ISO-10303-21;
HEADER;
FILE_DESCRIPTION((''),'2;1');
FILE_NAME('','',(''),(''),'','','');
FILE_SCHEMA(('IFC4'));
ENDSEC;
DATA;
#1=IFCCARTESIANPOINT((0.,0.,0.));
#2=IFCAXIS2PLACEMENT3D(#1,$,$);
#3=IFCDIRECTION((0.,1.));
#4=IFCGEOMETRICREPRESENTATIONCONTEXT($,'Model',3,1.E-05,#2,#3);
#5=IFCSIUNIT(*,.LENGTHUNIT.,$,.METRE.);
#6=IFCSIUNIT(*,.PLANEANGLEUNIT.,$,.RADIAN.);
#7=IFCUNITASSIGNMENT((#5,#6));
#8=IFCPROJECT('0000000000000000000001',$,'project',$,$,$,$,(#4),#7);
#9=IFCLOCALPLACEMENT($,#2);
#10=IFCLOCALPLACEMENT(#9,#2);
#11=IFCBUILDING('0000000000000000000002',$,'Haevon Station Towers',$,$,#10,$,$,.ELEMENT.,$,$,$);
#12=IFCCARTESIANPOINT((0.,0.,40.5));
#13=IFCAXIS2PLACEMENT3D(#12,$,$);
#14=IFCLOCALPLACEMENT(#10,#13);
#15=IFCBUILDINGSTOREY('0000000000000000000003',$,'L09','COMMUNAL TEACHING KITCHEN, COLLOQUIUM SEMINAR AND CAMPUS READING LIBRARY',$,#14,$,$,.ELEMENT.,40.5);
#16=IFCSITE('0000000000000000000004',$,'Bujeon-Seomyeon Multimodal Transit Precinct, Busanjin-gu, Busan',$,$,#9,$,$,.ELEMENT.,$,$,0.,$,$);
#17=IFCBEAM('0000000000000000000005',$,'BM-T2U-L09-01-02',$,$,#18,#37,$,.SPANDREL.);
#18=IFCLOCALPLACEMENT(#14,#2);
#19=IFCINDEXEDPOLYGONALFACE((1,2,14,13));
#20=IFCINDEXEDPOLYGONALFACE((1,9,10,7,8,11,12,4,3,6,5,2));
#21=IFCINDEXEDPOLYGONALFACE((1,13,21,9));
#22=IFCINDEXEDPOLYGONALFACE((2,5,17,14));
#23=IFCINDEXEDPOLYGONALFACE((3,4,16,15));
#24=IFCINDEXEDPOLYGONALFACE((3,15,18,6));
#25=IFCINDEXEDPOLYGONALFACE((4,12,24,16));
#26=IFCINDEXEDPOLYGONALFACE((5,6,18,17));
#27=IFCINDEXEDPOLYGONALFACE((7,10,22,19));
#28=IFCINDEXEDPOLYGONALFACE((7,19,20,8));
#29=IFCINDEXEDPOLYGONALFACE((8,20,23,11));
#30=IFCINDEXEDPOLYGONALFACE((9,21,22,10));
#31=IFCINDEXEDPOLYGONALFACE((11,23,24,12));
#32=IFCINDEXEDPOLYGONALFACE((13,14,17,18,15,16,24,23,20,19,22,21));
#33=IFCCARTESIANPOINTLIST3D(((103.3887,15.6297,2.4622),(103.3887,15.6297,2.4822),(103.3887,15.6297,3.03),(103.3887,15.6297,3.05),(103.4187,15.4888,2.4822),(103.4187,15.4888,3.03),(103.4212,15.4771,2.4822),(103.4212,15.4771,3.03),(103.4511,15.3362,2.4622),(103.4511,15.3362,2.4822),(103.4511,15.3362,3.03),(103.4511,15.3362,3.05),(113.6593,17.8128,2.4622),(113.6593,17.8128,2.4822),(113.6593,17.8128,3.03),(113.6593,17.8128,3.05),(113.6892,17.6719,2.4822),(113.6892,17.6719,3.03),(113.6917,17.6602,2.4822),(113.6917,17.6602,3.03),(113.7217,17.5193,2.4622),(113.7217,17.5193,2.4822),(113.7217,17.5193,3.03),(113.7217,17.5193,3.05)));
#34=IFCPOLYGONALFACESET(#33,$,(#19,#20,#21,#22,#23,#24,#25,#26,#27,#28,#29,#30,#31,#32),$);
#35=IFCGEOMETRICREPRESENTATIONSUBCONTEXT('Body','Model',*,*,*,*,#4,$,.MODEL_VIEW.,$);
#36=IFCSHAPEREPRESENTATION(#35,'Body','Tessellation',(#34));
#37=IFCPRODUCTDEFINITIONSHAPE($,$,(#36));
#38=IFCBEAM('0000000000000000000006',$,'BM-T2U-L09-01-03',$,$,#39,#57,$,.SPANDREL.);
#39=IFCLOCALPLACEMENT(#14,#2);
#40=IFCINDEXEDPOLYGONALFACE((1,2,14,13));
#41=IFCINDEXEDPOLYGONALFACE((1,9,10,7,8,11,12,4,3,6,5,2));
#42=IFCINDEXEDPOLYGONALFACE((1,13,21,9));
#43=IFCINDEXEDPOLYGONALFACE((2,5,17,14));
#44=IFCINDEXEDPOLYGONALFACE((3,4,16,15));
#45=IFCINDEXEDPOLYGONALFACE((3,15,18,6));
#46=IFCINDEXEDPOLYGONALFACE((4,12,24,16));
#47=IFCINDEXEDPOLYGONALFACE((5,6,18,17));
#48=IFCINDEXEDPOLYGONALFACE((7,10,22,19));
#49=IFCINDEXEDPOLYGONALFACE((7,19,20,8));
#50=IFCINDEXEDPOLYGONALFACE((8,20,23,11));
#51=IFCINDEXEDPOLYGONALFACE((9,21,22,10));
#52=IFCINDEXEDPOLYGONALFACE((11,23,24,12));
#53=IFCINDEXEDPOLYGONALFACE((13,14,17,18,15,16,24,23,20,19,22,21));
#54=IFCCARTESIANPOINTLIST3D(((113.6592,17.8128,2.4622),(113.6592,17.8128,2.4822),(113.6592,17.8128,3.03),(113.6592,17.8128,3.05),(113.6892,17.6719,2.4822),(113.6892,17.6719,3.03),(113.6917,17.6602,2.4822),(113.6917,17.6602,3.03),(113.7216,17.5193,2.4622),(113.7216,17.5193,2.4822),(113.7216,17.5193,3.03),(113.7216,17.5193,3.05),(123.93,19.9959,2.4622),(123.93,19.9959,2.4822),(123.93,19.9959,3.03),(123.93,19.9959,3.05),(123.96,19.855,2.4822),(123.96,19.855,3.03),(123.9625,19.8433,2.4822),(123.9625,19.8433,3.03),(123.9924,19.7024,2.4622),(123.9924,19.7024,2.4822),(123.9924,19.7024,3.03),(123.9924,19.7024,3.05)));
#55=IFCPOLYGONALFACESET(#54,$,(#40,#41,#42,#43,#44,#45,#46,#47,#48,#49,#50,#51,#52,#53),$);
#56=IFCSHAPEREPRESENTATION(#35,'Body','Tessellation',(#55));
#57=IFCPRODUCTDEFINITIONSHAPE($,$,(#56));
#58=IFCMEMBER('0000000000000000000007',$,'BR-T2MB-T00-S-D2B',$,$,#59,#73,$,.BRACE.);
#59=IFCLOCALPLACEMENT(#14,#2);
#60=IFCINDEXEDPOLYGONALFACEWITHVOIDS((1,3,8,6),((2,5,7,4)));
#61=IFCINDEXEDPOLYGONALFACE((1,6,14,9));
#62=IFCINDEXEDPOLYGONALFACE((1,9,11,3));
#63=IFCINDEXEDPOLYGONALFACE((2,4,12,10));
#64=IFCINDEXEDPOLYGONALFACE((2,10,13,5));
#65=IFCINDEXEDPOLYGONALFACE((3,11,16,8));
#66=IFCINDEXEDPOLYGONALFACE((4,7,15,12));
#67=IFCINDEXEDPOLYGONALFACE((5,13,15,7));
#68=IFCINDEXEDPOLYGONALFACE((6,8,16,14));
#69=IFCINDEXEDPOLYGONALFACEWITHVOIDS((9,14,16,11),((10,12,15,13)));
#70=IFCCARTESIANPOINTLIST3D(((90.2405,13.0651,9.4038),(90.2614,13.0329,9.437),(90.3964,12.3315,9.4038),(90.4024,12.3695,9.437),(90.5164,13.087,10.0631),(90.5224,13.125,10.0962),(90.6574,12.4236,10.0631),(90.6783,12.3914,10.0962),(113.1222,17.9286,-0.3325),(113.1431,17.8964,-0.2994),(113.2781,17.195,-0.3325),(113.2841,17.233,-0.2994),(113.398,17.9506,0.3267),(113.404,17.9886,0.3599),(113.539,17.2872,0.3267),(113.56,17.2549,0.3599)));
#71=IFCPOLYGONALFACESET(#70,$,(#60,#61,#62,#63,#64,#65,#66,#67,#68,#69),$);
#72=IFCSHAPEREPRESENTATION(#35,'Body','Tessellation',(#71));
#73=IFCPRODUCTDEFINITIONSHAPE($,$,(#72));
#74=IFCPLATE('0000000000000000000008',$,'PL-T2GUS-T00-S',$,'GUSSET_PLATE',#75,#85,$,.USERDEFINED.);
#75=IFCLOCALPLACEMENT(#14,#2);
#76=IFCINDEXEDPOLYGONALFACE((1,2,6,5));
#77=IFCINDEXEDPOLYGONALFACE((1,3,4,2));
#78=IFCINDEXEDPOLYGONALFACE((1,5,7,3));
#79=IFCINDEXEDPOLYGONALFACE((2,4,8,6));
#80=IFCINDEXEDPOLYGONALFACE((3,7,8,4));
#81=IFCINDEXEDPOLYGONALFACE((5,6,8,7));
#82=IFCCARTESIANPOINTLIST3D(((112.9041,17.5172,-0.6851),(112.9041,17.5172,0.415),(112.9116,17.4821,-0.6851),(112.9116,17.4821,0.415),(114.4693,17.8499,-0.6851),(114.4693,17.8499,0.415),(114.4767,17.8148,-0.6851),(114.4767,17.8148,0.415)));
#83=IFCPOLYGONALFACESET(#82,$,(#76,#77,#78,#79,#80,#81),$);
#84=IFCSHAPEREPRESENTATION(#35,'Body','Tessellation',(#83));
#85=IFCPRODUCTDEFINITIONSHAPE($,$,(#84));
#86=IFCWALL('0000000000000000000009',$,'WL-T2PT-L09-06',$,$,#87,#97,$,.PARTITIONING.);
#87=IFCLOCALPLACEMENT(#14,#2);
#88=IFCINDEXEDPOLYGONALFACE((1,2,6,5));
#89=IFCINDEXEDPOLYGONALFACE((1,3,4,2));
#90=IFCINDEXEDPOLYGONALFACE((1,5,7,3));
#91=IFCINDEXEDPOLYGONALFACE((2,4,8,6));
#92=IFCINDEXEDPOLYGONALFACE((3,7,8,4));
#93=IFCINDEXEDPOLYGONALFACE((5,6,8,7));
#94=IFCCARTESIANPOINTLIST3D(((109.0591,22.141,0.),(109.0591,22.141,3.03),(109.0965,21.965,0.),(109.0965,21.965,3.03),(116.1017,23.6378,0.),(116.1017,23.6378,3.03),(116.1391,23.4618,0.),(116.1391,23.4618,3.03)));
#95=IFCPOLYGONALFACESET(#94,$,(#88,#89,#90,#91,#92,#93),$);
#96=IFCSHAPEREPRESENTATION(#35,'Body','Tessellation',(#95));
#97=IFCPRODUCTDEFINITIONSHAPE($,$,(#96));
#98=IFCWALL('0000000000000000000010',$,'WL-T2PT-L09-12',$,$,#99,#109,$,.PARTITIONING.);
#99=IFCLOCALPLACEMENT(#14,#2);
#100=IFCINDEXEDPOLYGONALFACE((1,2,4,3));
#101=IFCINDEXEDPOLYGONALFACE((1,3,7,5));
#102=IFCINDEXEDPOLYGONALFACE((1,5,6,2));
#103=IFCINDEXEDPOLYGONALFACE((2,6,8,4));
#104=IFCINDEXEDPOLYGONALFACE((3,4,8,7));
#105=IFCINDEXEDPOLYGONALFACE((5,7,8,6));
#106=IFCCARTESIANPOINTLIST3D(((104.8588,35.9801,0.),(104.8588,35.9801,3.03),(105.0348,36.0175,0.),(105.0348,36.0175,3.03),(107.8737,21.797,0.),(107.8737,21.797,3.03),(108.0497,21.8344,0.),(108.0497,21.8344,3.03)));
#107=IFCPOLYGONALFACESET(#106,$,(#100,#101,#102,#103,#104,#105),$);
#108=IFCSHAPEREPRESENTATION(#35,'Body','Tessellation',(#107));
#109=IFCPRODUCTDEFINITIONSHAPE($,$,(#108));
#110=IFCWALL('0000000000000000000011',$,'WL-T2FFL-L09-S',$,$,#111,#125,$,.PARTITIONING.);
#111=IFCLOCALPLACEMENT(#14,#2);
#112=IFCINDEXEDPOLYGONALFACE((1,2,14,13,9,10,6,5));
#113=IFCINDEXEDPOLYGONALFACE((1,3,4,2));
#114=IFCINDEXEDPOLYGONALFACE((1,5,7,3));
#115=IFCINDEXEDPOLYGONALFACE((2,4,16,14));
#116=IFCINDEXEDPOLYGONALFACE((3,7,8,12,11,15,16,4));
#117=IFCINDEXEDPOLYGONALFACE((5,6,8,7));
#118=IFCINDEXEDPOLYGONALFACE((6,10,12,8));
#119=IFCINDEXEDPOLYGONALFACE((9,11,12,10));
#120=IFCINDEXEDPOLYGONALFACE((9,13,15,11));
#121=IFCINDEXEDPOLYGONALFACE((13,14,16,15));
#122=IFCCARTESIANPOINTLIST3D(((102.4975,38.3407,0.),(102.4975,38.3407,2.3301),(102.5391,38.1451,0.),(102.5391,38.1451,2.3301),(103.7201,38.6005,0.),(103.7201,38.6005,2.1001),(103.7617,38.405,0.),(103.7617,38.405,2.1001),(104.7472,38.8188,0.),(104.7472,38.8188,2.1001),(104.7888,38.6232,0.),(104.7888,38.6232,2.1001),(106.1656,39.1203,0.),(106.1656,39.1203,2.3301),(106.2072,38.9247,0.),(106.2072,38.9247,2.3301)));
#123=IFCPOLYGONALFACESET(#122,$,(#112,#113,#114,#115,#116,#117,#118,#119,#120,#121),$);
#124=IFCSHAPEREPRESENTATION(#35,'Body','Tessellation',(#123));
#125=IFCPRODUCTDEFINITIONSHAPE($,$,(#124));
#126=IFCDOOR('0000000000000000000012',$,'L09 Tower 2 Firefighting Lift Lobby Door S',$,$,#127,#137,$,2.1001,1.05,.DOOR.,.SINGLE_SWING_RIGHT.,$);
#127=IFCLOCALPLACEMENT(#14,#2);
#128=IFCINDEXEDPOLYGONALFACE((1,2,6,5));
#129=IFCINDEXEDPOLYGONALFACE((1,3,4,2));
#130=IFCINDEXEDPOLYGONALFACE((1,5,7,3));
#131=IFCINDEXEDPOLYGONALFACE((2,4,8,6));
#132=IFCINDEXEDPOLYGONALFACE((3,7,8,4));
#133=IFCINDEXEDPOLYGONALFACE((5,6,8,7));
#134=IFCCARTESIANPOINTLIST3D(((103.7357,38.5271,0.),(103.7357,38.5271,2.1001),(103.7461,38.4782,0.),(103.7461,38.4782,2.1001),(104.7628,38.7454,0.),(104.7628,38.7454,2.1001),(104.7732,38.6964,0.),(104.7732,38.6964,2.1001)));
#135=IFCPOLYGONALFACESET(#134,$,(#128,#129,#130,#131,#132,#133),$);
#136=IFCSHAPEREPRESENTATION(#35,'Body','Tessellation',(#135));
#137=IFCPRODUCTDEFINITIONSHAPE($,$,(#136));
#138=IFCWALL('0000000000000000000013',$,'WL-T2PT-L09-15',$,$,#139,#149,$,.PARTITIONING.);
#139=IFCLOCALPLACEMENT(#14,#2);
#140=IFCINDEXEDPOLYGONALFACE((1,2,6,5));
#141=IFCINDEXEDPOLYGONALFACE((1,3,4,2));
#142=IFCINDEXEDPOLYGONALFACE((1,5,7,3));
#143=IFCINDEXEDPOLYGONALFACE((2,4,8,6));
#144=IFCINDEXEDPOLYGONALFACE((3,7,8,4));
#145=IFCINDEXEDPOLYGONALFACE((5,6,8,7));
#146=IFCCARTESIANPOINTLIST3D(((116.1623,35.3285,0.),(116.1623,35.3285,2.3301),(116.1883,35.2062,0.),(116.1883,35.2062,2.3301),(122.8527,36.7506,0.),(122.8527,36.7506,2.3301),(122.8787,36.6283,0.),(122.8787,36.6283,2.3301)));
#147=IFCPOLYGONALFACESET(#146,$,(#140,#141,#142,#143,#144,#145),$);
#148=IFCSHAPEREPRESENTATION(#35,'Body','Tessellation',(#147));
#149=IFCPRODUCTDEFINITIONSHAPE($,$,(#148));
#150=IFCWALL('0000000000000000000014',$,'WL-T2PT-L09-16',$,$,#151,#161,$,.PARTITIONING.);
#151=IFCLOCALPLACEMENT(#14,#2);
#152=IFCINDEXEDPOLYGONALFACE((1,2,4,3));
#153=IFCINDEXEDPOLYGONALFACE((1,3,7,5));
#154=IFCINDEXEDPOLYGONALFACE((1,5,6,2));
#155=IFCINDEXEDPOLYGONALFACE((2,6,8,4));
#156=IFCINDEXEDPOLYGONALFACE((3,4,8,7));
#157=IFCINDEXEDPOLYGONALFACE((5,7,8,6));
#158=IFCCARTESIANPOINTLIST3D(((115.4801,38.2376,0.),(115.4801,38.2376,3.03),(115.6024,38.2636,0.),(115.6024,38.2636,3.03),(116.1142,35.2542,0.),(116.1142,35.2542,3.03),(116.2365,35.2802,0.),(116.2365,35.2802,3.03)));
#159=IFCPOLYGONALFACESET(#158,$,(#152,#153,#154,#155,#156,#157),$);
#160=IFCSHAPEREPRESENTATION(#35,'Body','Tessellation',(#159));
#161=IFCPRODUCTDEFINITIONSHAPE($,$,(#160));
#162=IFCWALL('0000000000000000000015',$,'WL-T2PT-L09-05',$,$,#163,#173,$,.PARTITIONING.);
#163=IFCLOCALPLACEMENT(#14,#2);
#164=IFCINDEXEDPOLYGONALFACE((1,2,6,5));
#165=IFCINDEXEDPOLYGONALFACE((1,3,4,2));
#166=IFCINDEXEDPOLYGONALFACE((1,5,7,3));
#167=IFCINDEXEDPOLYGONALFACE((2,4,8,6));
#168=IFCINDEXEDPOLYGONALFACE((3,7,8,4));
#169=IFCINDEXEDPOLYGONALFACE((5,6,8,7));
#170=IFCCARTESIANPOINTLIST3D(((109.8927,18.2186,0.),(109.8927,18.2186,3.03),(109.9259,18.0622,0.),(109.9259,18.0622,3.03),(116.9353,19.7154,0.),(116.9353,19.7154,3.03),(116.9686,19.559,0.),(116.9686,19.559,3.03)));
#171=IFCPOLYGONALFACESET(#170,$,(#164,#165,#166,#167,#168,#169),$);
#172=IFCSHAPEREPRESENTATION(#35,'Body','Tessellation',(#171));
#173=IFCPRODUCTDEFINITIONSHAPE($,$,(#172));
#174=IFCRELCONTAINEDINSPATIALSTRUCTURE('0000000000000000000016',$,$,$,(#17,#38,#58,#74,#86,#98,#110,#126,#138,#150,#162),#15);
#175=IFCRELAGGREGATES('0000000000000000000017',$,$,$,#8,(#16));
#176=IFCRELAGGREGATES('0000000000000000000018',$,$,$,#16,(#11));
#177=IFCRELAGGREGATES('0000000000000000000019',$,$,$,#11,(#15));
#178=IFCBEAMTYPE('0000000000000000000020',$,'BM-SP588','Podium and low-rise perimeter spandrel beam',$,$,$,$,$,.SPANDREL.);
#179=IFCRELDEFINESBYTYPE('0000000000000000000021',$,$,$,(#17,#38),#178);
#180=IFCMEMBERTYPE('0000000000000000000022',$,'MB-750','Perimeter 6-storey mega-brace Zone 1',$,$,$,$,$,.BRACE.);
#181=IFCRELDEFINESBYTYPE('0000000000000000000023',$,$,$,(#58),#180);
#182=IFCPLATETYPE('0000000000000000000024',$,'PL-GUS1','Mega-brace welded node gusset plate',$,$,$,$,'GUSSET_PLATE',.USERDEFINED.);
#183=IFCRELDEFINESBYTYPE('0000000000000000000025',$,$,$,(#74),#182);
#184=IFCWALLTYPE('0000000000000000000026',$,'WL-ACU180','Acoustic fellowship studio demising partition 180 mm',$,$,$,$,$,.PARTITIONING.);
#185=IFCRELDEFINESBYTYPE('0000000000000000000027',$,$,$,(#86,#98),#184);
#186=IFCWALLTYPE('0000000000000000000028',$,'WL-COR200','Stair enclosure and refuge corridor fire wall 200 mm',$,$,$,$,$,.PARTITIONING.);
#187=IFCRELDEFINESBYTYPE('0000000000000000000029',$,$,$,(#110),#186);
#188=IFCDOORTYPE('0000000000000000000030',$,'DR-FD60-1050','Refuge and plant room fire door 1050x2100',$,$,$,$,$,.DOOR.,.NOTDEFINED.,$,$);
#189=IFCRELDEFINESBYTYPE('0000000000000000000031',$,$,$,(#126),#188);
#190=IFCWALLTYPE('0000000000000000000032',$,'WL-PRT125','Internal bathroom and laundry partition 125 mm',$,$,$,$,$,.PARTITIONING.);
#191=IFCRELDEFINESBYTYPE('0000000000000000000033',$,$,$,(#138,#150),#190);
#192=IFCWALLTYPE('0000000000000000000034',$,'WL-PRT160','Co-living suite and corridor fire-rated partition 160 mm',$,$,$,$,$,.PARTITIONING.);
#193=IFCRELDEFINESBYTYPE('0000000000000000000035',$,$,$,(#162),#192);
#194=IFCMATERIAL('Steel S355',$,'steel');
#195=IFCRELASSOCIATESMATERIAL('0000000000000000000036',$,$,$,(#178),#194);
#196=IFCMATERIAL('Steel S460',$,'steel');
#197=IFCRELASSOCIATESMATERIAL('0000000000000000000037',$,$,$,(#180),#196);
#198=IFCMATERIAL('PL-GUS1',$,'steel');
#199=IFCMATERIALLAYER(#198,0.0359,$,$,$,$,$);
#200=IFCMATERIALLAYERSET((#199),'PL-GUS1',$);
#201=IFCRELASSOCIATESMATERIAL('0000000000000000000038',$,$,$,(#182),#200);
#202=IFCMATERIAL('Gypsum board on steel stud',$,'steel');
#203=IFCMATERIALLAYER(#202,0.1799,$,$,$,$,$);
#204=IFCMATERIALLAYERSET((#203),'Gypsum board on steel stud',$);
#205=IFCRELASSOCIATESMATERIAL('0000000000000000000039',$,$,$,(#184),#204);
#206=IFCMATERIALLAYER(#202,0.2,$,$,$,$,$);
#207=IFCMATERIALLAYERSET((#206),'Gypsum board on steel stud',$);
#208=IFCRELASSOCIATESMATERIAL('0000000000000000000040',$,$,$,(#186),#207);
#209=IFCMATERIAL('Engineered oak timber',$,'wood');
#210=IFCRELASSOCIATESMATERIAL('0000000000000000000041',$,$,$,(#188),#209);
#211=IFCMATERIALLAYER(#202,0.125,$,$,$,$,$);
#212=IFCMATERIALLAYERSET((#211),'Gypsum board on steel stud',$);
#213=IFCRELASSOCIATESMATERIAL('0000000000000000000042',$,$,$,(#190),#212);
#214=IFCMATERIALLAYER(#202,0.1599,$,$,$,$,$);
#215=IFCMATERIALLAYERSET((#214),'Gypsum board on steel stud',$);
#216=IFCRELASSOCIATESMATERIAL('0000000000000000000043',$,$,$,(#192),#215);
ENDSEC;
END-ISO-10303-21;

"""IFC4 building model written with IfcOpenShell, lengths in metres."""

from ifc_helpers import new_model, si_unit, direction, frame, frame_2d, origin, origin_2d, place, context, subcontext, project, spatial, rectangle, hollow_rectangle, i_section, extrude, material, layer, layer_set, material_profile, profile_set, type_object, element, fill, save


model = new_model("IFC4")

# Units and contexts
model_context = context("Model", 3, precision=1e-05, world=origin(), true_north=direction((0.0, 1.0)))
body_context = subcontext(model_context, "Body", "Model", "MODEL_VIEW")
ifc_project = project(units=[si_unit("LENGTHUNIT", "METRE"), si_unit("PLANEANGLEUNIT", "RADIAN")], contexts=[model_context])

# Site, building, storey
site_placement = place(None, origin())
site = spatial("IfcSite", under=ifc_project, at=site_placement, Name="Bujeon-Seomyeon Multimodal Transit Precinct, Busanjin-gu, Busan", CompositionType="ELEMENT", RefElevation=0.0)
building_placement = place(site_placement, origin())
building = spatial("IfcBuilding", under=site, at=building_placement, Name="Haevon Station Towers", CompositionType="ELEMENT")
storey_placement = place(building_placement, frame((0.0, 0.0, 40.5)))
storey = spatial("IfcBuildingStorey", under=building, at=storey_placement, Name="L09", Description="COMMUNAL TEACHING KITCHEN, COLLOQUIUM SEMINAR AND CAMPUS READING LIBRARY", CompositionType="ELEMENT", Elevation=40.5)

# Shared definitions
ifc_material_1 = material(Name="Steel S460", Category="steel")

# Beams
ifc_material_2 = material(Name="Steel S355", Category="steel")
ifc_material_profile_1 = material_profile(ifc_material_2, i_section(OverallWidth=0.3, OverallDepth=0.5879, WebThickness=0.012, FlangeThickness=0.02, at=origin_2d()), Name="H-588x300x12x20")
ifc_profile_set_1 = profile_set([ifc_material_profile_1], Name="Steel S355")
beam_type_1 = type_object("IfcBeamType", Name="BM-SP588", Description="Podium and low-rise perimeter spandrel beam", PredefinedType="SPANDREL", material=ifc_profile_set_1)
beam_1_placement = place(storey_placement, frame((103.4199, 15.4829, 2.7561), z_axis=(0.978147, 0.207915, 0.0), x_axis=(-0.207915, 0.978147, 0.0)))
element("IfcBeam", 1, at=beam_1_placement, inside=storey, type_object=beam_type_1, Name="BM-T2U-L09-01-02", PredefinedType="SPANDREL", context=body_context, shape_type="SweptSolid", body=[
    extrude(i_section(OverallWidth=0.3, OverallDepth=0.5879, WebThickness=0.012, FlangeThickness=0.02, at=origin_2d()), origin(), (0.0, 0.0, 1.0), 10.5),
])
beam_2_placement = place(storey_placement, frame((113.6904, 17.666, 2.7561), z_axis=(0.978148, 0.207911, 0.0), x_axis=(-0.207911, 0.978148, 0.0)))
element("IfcBeam", 2, at=beam_2_placement, inside=storey, type_object=beam_type_1, Name="BM-T2U-L09-01-03", PredefinedType="SPANDREL", context=body_context, shape_type="SweptSolid", body=[
    extrude(i_section(OverallWidth=0.3, OverallDepth=0.5879, WebThickness=0.012, FlangeThickness=0.02, at=origin_2d()), origin(), (0.0, 0.0, 1.0), 10.5002),
])

# Member
ifc_material_profile_2 = material_profile(ifc_material_1, hollow_rectangle(XDim=0.75, YDim=0.75, WallThickness=0.0359, at=origin_2d()), Name="RHS-750x750x36")
ifc_profile_set_2 = profile_set([ifc_material_profile_2], Name="Steel S460")
member_type = type_object("IfcMemberType", Name="MB-750", Description="Perimeter 6-storey mega-brace Zone 1", PredefinedType="BRACE", material=ifc_profile_set_2)
member_placement = place(storey_placement, frame((113.3411, 17.5918, 0.0137), z_axis=(-0.903052, -0.191945, 0.384257), x_axis=(0.207907, -0.978149, 0.0)))
element("IfcMember", 3, at=member_placement, inside=storey, type_object=member_type, Name="BR-T2MB-T00-S-D2B", PredefinedType="BRACE", context=body_context, shape_type="SweptSolid", body=[
    extrude(hollow_rectangle(XDim=0.75, YDim=0.75, WallThickness=0.0359, at=origin_2d()), origin(), (0.0, 0.0, 1.0), 25.3381),
])

# Plate
ifc_material_3 = material(Name="PL-GUS1", Category="steel")
ifc_layer_1 = layer(ifc_material_3, 0.0359)
ifc_layer_set_1 = layer_set([ifc_layer_1], Name="PL-GUS1")
plate_type = type_object("IfcPlateType", Name="PL-GUS1", Description="Mega-brace welded node gusset plate", ElementType="GUSSET_PLATE", PredefinedType="USERDEFINED", material=ifc_layer_set_1)
plate_placement = place(storey_placement, frame((113.6904, 17.666, -0.6851), z_axis=(0.0, 0.0, 1.0), x_axis=(0.978148, 0.207912, 0.0)))
element("IfcPlate", 4, at=plate_placement, inside=storey, type_object=plate_type, Name="PL-T2GUS-T00-S", ObjectType="GUSSET_PLATE", PredefinedType="USERDEFINED", context=body_context, shape_type="SweptSolid", body=[
    extrude(rectangle(XDim=1.6001, YDim=0.0359, at=origin_2d()), origin(), (0.0, 0.0, 1.0), 1.1001),
])

# Walls
ifc_material_4 = material(Name="Gypsum board on steel stud", Category="steel")
ifc_layer_2 = layer(ifc_material_4, 0.1799)
ifc_layer_set_2 = layer_set([ifc_layer_2], Name="Gypsum board on steel stud")
wall_type_1 = type_object("IfcWallType", Name="WL-ACU180", Description="Acoustic fellowship studio demising partition 180 mm", PredefinedType="PARTITIONING", material=ifc_layer_set_2)
wall_1_placement = place(storey_placement, frame((109.0776, 22.053, 0.0), z_axis=(0.0, 0.0, 1.0), x_axis=(0.978152, 0.207892, 0.0)))
element("IfcWall", 5, at=wall_1_placement, inside=storey, type_object=wall_type_1, Name="WL-T2PT-L09-06", PredefinedType="PARTITIONING", context=body_context, shape_type="SweptSolid", body=[
    extrude(rectangle(XDim=7.2, YDim=0.1799, at=frame_2d((3.6001, 0.0))), origin(), (0.0, 0.0, 1.0), 3.03),
])
wall_2_placement = place(storey_placement, frame((107.9617, 21.8157, 0.0), z_axis=(0.0, 0.0, 1.0), x_axis=(-0.207924, 0.978145, 0.0)))
element("IfcWall", 6, at=wall_2_placement, inside=storey, type_object=wall_type_1, Name="WL-T2PT-L09-12", PredefinedType="PARTITIONING", context=body_context, shape_type="SweptSolid", body=[
    extrude(rectangle(XDim=14.5, YDim=0.1799, at=frame_2d((7.25, 0.0))), origin(), (0.0, 0.0, 1.0), 3.03),
])

# Wall, opening, door
ifc_layer_3 = layer(ifc_material_4, 0.2)
ifc_layer_set_3 = layer_set([ifc_layer_3], Name="Gypsum board on steel stud")
wall_type_2 = type_object("IfcWallType", Name="WL-COR200", Description="Stair enclosure and refuge corridor fire wall 200 mm", PredefinedType="PARTITIONING", material=ifc_layer_set_3)
wall_3_placement = place(storey_placement, frame((102.5183, 38.2429, 0.0), z_axis=(0.0, 0.0, 1.0), x_axis=(0.978154, 0.207884, 0.0)))
wall_3 = element("IfcWall", 7, at=wall_3_placement, inside=storey, type_object=wall_type_2, Name="WL-T2FFL-L09-S", PredefinedType="PARTITIONING", context=body_context, shape_type="SweptSolid", body=[
    extrude(rectangle(XDim=3.75, YDim=0.2, at=frame_2d((1.875, 0.0))), origin(), (0.0, 0.0, 1.0), 2.3301),
])
opening_placement = place(wall_3_placement, frame((1.25, 0.0, 0.0)))
opening = element("IfcOpeningElement", 8, at=opening_placement, cuts=wall_3, PredefinedType="OPENING", context=body_context, shape_type="SweptSolid", body=[
    extrude(rectangle(XDim=1.05, YDim=2.1001, at=frame_2d((0.5249, 1.05))), frame((0.0, 0.1099, 0.0), z_axis=(0.0, -1.0, 0.0), x_axis=(1.0, 0.0, 0.0)), (0.0, 0.0, 1.0), 0.22),
])
ifc_material_5 = material(Name="Engineered oak timber", Category="wood")
door_type = type_object("IfcDoorType", Name="DR-FD60-1050", Description="Refuge and plant room fire door 1050x2100", OperationType="NOTDEFINED", PredefinedType="DOOR", material=ifc_material_5)
door_placement = place(opening_placement, origin())
door = element("IfcDoor", 9, at=door_placement, inside=storey, type_object=door_type, Name="L09 Tower 2 Firefighting Lift Lobby Door S", OperationType="SINGLE_SWING_RIGHT", OverallHeight=2.1001, OverallWidth=1.05, PredefinedType="DOOR", context=body_context, shape_type="SweptSolid", body=[
    extrude(rectangle(XDim=1.05, YDim=2.1001, at=frame_2d((0.5249, 1.05))), frame((0.0, 0.0249, 0.0), z_axis=(0.0, -1.0, 0.0), x_axis=(1.0, 0.0, 0.0)), (0.0, 0.0, 1.0), 0.05),
])
fill(opening, door)

# Walls
ifc_layer_4 = layer(ifc_material_4, 0.125)
ifc_layer_set_4 = layer_set([ifc_layer_4], Name="Gypsum board on steel stud")
wall_type_3 = type_object("IfcWallType", Name="WL-PRT125", Description="Internal bathroom and laundry partition 125 mm", PredefinedType="PARTITIONING", material=ifc_layer_set_4)
wall_4_placement = place(storey_placement, frame((116.1753, 35.2673, 0.0), z_axis=(0.0, 0.0, 1.0), x_axis=(0.978147, 0.207915, 0.0)))
element("IfcWall", 10, at=wall_4_placement, inside=storey, type_object=wall_type_3, Name="WL-T2PT-L09-15", PredefinedType="PARTITIONING", context=body_context, shape_type="SweptSolid", body=[
    extrude(rectangle(XDim=6.8398, YDim=0.125, at=frame_2d((3.4199, 0.0))), origin(), (0.0, 0.0, 1.0), 2.3301),
])
wall_5_placement = place(storey_placement, frame((116.1753, 35.2673, 0.0), z_axis=(0.0, 0.0, 1.0), x_axis=(-0.207878, 0.978155, 0.0)))
element("IfcWall", 11, at=wall_5_placement, inside=storey, type_object=wall_type_3, Name="WL-T2PT-L09-16", PredefinedType="PARTITIONING", context=body_context, shape_type="SweptSolid", body=[
    extrude(rectangle(XDim=3.05, YDim=0.125, at=frame_2d((1.5249, 0.0))), origin(), (0.0, 0.0, 1.0), 3.03),
])
ifc_layer_5 = layer(ifc_material_4, 0.1599)
ifc_layer_set_5 = layer_set([ifc_layer_5], Name="Gypsum board on steel stud")
wall_type_4 = type_object("IfcWallType", Name="WL-PRT160", Description="Co-living suite and corridor fire-rated partition 160 mm", PredefinedType="PARTITIONING", material=ifc_layer_set_5)
wall_6_placement = place(storey_placement, frame((109.9092, 18.1404, 0.0), z_axis=(0.0, 0.0, 1.0), x_axis=(0.978152, 0.207892, 0.0)))
element("IfcWall", 12, at=wall_6_placement, inside=storey, type_object=wall_type_4, Name="WL-T2PT-L09-05", PredefinedType="PARTITIONING", context=body_context, shape_type="SweptSolid", body=[
    extrude(rectangle(XDim=7.2, YDim=0.1599, at=frame_2d((3.6001, 0.0))), origin(), (0.0, 0.0, 1.0), 3.03),
])

save(model, "model.ifc")
